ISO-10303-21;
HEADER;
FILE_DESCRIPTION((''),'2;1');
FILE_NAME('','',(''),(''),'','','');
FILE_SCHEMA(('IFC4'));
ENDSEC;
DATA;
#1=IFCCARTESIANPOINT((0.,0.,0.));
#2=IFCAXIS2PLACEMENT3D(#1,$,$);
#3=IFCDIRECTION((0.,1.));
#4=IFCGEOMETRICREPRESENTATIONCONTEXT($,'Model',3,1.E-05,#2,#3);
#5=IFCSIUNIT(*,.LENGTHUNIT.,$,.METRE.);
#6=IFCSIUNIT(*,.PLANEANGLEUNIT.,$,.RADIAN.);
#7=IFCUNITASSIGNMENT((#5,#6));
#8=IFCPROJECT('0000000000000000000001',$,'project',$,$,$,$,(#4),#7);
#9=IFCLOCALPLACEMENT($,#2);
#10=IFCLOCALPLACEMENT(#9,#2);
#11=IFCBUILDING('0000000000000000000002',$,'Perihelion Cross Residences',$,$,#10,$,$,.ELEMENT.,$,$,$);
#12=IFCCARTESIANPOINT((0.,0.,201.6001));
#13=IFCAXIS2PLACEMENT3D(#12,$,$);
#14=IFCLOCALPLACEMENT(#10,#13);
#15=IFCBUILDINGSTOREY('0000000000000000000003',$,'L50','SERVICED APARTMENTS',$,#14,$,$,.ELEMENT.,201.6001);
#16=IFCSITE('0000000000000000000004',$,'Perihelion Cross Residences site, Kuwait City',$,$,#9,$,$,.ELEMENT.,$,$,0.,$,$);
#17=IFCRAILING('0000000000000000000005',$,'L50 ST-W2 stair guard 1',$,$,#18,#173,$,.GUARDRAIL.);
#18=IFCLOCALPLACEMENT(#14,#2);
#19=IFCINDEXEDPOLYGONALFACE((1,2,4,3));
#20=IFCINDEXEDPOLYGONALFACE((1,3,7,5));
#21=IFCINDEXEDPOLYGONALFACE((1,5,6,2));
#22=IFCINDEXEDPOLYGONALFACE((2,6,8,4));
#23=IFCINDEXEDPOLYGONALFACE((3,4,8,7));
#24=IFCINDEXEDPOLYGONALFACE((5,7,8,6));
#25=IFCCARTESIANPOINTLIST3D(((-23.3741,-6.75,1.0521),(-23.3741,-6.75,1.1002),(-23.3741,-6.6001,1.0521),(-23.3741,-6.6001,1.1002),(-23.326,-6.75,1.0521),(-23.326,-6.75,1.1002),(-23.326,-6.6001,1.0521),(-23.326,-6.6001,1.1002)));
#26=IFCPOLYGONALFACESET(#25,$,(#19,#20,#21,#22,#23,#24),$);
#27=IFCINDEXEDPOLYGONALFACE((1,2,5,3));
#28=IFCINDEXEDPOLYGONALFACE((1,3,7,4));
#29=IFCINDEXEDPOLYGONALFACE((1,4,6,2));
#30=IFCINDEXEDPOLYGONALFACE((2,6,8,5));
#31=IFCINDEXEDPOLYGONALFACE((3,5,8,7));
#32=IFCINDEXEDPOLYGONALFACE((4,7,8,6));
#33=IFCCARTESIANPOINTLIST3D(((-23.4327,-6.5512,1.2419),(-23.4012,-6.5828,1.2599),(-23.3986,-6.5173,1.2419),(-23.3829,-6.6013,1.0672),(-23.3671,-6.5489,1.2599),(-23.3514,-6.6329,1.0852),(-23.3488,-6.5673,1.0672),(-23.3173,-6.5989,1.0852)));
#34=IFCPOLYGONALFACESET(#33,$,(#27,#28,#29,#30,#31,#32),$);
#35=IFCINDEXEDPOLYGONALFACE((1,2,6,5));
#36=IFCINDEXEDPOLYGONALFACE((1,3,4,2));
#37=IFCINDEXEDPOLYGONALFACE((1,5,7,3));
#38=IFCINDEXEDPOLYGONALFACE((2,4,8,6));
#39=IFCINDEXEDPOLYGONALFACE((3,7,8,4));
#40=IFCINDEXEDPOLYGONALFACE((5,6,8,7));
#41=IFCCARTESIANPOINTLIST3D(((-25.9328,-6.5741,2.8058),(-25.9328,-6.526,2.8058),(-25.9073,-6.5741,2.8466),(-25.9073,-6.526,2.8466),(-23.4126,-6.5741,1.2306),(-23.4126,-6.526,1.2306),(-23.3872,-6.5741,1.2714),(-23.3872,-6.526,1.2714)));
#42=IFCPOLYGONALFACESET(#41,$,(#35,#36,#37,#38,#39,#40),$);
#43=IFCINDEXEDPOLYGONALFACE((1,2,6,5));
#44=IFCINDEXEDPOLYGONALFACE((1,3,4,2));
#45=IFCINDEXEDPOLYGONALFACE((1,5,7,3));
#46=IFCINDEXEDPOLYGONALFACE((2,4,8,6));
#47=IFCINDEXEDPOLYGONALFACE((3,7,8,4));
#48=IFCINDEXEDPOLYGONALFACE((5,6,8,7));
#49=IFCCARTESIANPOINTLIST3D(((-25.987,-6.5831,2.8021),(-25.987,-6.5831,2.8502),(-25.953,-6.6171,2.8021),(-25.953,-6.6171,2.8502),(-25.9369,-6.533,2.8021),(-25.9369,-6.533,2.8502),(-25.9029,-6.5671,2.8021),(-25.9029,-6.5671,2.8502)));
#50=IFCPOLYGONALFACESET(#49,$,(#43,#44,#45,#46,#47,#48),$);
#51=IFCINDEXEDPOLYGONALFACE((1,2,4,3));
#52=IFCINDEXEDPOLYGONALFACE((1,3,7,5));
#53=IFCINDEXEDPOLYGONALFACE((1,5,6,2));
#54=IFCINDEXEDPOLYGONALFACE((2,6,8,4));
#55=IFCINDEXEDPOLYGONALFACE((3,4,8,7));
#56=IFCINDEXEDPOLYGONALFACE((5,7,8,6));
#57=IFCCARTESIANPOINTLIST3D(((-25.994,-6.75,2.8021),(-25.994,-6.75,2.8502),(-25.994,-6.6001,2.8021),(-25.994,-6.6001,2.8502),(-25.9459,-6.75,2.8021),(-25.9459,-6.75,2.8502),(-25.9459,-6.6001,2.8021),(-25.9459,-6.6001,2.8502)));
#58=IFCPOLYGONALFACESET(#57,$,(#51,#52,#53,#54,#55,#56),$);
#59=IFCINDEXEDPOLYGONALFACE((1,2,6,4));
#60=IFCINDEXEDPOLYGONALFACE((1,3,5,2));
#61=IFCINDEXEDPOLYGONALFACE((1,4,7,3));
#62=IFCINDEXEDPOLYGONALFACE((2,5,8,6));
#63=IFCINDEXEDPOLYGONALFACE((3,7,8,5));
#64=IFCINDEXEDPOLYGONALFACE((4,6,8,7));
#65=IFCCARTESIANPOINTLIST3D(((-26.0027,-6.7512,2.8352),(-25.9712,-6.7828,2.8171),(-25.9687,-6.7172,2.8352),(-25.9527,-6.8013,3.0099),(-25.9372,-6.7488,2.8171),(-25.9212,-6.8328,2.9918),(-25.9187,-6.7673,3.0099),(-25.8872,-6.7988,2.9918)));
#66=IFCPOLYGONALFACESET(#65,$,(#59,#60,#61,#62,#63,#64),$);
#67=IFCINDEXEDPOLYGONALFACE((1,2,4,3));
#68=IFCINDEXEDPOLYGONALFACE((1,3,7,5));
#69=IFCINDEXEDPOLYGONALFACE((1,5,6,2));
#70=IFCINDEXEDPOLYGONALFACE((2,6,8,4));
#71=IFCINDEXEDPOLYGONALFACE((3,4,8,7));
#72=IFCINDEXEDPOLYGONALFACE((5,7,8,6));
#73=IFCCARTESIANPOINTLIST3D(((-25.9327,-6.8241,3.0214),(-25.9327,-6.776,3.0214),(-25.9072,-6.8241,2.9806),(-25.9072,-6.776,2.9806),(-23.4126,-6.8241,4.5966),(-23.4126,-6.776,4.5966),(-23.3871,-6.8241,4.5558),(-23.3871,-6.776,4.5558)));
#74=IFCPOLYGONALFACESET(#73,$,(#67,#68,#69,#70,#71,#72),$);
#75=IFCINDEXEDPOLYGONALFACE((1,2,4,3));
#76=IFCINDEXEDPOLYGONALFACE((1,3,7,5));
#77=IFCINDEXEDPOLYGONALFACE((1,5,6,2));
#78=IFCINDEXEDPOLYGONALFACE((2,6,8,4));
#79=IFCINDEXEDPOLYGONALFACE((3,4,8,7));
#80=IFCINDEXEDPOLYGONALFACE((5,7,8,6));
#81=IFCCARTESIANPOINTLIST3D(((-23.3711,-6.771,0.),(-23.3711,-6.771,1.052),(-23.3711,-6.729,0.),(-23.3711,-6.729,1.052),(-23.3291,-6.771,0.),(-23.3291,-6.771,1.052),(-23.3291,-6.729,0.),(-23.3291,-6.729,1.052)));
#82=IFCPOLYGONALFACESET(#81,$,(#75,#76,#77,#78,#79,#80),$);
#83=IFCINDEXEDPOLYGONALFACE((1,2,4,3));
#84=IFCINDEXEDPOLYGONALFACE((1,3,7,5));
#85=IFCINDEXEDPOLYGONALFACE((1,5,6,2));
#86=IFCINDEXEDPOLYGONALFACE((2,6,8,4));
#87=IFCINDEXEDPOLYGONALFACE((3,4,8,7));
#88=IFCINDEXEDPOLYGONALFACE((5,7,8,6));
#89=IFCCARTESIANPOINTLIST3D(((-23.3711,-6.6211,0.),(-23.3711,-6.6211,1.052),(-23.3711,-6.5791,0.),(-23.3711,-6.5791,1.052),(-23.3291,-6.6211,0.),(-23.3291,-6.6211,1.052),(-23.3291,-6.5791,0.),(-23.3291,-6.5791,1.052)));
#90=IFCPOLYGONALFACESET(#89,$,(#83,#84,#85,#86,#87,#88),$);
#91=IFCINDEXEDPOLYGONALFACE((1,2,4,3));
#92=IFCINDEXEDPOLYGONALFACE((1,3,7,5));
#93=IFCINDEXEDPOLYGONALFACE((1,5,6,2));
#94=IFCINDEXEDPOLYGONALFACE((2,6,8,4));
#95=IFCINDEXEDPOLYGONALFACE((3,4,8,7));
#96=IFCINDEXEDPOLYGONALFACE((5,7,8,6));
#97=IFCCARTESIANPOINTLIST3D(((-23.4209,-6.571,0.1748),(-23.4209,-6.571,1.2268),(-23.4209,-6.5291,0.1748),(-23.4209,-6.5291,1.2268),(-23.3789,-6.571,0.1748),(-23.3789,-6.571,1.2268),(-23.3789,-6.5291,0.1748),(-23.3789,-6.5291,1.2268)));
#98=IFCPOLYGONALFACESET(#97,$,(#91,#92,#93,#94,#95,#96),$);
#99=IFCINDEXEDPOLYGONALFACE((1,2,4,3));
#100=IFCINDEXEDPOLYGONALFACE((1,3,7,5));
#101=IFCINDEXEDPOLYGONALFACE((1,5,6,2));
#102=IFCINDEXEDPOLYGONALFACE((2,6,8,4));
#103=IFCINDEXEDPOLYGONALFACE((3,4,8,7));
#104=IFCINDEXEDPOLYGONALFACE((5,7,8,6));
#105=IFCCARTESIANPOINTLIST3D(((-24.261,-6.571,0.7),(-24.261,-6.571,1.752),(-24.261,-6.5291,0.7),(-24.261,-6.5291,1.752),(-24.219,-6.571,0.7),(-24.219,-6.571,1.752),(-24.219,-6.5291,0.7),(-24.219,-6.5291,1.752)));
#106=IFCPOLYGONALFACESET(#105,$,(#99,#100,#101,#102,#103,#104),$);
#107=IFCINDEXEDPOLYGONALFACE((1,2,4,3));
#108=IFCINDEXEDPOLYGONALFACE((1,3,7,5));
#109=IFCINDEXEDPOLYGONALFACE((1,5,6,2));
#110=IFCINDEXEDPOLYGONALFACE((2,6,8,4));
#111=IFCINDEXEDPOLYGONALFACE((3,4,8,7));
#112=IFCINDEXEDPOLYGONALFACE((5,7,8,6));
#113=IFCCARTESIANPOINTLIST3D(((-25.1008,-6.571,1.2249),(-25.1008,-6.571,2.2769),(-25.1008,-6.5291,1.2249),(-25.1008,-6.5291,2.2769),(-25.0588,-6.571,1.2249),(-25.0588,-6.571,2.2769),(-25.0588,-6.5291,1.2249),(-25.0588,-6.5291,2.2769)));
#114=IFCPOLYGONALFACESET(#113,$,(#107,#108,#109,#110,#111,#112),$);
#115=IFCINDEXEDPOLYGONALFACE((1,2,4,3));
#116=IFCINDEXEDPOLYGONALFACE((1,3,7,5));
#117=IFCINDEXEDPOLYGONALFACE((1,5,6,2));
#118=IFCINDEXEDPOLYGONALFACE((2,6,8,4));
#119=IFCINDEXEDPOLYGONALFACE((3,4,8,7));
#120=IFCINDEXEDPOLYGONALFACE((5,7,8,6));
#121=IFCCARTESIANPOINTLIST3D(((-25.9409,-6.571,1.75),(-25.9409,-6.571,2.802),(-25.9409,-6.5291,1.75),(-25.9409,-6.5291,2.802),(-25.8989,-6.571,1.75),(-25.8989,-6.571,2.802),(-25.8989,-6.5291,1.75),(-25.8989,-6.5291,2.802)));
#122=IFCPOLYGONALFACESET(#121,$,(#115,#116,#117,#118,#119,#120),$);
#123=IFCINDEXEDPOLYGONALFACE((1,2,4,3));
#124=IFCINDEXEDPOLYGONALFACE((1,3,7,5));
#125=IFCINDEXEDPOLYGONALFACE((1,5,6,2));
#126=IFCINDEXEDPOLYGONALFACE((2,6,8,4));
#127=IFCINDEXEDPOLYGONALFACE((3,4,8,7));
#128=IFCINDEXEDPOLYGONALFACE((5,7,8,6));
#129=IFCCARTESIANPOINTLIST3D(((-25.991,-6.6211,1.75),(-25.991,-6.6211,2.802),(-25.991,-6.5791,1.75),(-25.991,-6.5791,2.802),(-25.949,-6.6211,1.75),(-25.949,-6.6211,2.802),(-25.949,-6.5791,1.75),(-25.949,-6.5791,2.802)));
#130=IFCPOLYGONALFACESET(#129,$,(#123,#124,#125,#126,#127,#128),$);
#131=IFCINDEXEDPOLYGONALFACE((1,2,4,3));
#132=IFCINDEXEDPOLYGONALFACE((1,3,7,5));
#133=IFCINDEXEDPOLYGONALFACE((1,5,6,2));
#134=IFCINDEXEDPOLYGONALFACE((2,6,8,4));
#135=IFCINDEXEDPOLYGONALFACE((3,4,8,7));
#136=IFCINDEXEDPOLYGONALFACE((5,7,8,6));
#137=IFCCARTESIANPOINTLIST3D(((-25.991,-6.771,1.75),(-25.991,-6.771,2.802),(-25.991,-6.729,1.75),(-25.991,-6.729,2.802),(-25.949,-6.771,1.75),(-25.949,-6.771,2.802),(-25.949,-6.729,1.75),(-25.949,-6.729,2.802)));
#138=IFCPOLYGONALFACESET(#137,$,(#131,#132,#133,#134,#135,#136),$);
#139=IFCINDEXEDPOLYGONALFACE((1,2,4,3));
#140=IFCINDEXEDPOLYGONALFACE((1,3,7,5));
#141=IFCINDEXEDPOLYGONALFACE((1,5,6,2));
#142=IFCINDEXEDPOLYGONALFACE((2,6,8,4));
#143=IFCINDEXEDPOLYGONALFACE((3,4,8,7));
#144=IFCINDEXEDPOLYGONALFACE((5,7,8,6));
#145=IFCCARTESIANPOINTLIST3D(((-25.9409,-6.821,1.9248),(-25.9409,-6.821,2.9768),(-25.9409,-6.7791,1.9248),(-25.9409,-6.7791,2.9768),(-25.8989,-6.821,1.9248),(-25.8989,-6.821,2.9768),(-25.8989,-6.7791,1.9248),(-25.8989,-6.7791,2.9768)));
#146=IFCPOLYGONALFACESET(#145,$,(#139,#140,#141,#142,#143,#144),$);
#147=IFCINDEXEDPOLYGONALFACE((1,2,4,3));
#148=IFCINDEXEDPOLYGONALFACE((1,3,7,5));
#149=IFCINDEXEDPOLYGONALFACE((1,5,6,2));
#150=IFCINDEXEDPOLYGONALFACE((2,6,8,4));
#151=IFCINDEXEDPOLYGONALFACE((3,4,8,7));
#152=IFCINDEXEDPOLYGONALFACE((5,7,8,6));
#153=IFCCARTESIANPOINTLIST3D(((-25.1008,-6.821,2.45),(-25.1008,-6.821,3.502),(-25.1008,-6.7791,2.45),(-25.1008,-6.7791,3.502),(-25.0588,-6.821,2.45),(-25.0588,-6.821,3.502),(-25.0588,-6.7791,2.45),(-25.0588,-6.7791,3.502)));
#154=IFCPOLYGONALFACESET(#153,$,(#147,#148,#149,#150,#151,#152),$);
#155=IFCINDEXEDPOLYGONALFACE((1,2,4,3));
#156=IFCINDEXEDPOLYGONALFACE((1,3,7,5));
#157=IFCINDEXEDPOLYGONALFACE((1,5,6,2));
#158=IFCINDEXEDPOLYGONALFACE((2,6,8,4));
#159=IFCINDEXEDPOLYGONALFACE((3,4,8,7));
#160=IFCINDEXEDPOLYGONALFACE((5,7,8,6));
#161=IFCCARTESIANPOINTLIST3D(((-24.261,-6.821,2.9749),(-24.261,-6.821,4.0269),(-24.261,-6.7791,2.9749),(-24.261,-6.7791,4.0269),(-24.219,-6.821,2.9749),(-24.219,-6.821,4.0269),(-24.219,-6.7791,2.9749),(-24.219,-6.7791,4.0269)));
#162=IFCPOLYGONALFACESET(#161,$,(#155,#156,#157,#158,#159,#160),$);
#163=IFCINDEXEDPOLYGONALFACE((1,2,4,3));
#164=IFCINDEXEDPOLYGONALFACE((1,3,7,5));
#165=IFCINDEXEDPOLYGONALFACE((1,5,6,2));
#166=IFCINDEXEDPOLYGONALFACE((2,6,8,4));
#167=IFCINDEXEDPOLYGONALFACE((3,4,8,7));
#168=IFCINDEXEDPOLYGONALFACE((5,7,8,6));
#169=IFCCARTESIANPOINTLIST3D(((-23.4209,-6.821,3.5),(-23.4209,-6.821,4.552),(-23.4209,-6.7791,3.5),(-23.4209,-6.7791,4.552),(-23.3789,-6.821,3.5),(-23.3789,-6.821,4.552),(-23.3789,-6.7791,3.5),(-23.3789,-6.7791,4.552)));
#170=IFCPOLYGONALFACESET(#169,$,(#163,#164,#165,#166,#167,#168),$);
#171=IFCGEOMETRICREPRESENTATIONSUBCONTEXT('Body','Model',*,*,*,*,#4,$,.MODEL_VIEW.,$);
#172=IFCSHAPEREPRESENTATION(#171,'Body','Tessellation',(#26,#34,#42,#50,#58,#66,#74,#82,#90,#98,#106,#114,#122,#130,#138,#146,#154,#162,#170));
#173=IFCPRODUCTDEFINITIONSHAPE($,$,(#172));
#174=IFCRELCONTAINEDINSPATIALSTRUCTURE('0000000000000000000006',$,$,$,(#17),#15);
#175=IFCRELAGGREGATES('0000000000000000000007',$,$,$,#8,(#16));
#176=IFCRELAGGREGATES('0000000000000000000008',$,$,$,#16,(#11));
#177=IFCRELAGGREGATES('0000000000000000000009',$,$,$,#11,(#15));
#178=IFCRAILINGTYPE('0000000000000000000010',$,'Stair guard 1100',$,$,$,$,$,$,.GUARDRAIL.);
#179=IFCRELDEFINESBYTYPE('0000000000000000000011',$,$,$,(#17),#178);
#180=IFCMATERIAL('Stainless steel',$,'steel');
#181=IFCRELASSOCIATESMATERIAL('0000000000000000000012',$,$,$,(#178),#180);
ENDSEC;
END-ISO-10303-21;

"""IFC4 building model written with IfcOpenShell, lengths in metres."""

from ifc_helpers import new_model, si_unit, direction, frame, origin, origin_2d, place, context, subcontext, project, spatial, rectangle, extrude, material, type_object, element, save


model = new_model("IFC4")

# Units and contexts
model_context = context("Model", 3, precision=1e-05, world=origin(), true_north=direction((0.0, 1.0)))
body_context = subcontext(model_context, "Body", "Model", "MODEL_VIEW")
ifc_project = project(units=[si_unit("LENGTHUNIT", "METRE"), si_unit("PLANEANGLEUNIT", "RADIAN")], contexts=[model_context])

# Site, building, storey
site_placement = place(None, origin())
site = spatial("IfcSite", under=ifc_project, at=site_placement, Name="Perihelion Cross Residences site, Kuwait City", CompositionType="ELEMENT", RefElevation=0.0)
building_placement = place(site_placement, origin())
building = spatial("IfcBuilding", under=site, at=building_placement, Name="Perihelion Cross Residences", CompositionType="ELEMENT")
storey_placement = place(building_placement, frame((0.0, 0.0, 201.6001)))
storey = spatial("IfcBuildingStorey", under=building, at=storey_placement, Name="L50", Description="SERVICED APARTMENTS", CompositionType="ELEMENT", Elevation=201.6001)

# Railing
ifc_material_1 = material(Name="Stainless steel", Category="steel")
railing_type_1 = type_object("IfcRailingType", Name="Stair guard 1100", PredefinedType="GUARDRAIL", material=ifc_material_1)
railing_1_placement = place(storey_placement, frame((-23.3501, -6.75, 0.0)))
element("IfcRailing", 1, at=railing_1_placement, inside=storey, type_object=railing_type_1, Name="L50 ST-W2 stair guard 1", PredefinedType="GUARDRAIL", context=body_context, shape_type="SweptSolid", body=[
    extrude(rectangle(XDim=0.0481, YDim=0.0481, at=origin_2d()), frame((0.0, 0.0, 1.0762), z_axis=(0.0, 1.0, 0.0), x_axis=(-1.0, 0.0, 0.0)), (0.0, 0.0, 1.0), 0.1499),
    extrude(rectangle(XDim=0.0481, YDim=0.0481, at=origin_2d()), frame((0.0, 0.1499, 1.0762), z_axis=(-0.264179, 0.265474, 0.927218), x_axis=(-0.708834, -0.705376, 0.0)), (0.0, 0.0, 1.0), 0.1885),
    extrude(rectangle(XDim=0.0481, YDim=0.0481, at=origin_2d()), frame((-0.0498, 0.2, 1.251), z_axis=(-0.847971, 0.0, 0.530043), x_axis=(0.0, -1.0, 0.0)), (0.0, 0.0, 1.0), 2.9719),
    extrude(rectangle(XDim=0.0481, YDim=0.0481, at=origin_2d()), frame((-2.5698, 0.2, 2.8262), z_axis=(-0.707107, -0.707107, 0.0), x_axis=(0.707107, -0.707107, 0.0)), (0.0, 0.0, 1.0), 0.0708),
    extrude(rectangle(XDim=0.0481, YDim=0.0481, at=origin_2d()), frame((-2.6199, 0.1499, 2.8262), z_axis=(0.0, -1.0, 0.0), x_axis=(1.0, 0.0, 0.0)), (0.0, 0.0, 1.0), 0.1499),
    extrude(rectangle(XDim=0.0481, YDim=0.0481, at=origin_2d()), frame((-2.6199, 0.0, 2.8262), z_axis=(0.265383, -0.265383, 0.9269), x_axis=(0.707107, 0.707107, 0.0)), (0.0, 0.0, 1.0), 0.1885),
    extrude(rectangle(XDim=0.0481, YDim=0.0481, at=origin_2d()), frame((-2.5698, -0.05, 3.001), z_axis=(0.847971, 0.0, 0.530043), x_axis=(0.0, 1.0, 0.0)), (0.0, 0.0, 1.0), 2.9719),
    extrude(rectangle(XDim=0.042, YDim=0.042, at=origin_2d()), origin(), (0.0, 0.0, 1.0), 1.052),
    extrude(rectangle(XDim=0.042, YDim=0.042, at=origin_2d()), frame((0.0, 0.1499, 0.0)), (0.0, 0.0, 1.0), 1.052),
    extrude(rectangle(XDim=0.042, YDim=0.042, at=origin_2d()), frame((-0.0498, 0.2, 0.1748)), (0.0, 0.0, 1.0), 1.052),
    extrude(rectangle(XDim=0.042, YDim=0.042, at=origin_2d()), frame((-0.8899, 0.2, 0.7)), (0.0, 0.0, 1.0), 1.052),
    extrude(rectangle(XDim=0.042, YDim=0.042, at=origin_2d()), frame((-1.7297, 0.2, 1.2249)), (0.0, 0.0, 1.0), 1.052),
    extrude(rectangle(XDim=0.042, YDim=0.042, at=origin_2d()), frame((-2.5698, 0.2, 1.75)), (0.0, 0.0, 1.0), 1.052),
    extrude(rectangle(XDim=0.042, YDim=0.042, at=origin_2d()), frame((-2.6199, 0.1499, 1.75)), (0.0, 0.0, 1.0), 1.052),
    extrude(rectangle(XDim=0.042, YDim=0.042, at=origin_2d()), frame((-2.6199, 0.0, 1.75)), (0.0, 0.0, 1.0), 1.052),
    extrude(rectangle(XDim=0.042, YDim=0.042, at=origin_2d()), frame((-2.5698, -0.05, 1.9248)), (0.0, 0.0, 1.0), 1.052),
    extrude(rectangle(XDim=0.042, YDim=0.042, at=origin_2d()), frame((-1.7297, -0.05, 2.45)), (0.0, 0.0, 1.0), 1.052),
    extrude(rectangle(XDim=0.042, YDim=0.042, at=origin_2d()), frame((-0.8899, -0.05, 2.9749)), (0.0, 0.0, 1.0), 1.052),
    extrude(rectangle(XDim=0.042, YDim=0.042, at=origin_2d()), frame((-0.0498, -0.05, 3.5)), (0.0, 0.0, 1.0), 1.052),
])

save(model, "model.ifc")
